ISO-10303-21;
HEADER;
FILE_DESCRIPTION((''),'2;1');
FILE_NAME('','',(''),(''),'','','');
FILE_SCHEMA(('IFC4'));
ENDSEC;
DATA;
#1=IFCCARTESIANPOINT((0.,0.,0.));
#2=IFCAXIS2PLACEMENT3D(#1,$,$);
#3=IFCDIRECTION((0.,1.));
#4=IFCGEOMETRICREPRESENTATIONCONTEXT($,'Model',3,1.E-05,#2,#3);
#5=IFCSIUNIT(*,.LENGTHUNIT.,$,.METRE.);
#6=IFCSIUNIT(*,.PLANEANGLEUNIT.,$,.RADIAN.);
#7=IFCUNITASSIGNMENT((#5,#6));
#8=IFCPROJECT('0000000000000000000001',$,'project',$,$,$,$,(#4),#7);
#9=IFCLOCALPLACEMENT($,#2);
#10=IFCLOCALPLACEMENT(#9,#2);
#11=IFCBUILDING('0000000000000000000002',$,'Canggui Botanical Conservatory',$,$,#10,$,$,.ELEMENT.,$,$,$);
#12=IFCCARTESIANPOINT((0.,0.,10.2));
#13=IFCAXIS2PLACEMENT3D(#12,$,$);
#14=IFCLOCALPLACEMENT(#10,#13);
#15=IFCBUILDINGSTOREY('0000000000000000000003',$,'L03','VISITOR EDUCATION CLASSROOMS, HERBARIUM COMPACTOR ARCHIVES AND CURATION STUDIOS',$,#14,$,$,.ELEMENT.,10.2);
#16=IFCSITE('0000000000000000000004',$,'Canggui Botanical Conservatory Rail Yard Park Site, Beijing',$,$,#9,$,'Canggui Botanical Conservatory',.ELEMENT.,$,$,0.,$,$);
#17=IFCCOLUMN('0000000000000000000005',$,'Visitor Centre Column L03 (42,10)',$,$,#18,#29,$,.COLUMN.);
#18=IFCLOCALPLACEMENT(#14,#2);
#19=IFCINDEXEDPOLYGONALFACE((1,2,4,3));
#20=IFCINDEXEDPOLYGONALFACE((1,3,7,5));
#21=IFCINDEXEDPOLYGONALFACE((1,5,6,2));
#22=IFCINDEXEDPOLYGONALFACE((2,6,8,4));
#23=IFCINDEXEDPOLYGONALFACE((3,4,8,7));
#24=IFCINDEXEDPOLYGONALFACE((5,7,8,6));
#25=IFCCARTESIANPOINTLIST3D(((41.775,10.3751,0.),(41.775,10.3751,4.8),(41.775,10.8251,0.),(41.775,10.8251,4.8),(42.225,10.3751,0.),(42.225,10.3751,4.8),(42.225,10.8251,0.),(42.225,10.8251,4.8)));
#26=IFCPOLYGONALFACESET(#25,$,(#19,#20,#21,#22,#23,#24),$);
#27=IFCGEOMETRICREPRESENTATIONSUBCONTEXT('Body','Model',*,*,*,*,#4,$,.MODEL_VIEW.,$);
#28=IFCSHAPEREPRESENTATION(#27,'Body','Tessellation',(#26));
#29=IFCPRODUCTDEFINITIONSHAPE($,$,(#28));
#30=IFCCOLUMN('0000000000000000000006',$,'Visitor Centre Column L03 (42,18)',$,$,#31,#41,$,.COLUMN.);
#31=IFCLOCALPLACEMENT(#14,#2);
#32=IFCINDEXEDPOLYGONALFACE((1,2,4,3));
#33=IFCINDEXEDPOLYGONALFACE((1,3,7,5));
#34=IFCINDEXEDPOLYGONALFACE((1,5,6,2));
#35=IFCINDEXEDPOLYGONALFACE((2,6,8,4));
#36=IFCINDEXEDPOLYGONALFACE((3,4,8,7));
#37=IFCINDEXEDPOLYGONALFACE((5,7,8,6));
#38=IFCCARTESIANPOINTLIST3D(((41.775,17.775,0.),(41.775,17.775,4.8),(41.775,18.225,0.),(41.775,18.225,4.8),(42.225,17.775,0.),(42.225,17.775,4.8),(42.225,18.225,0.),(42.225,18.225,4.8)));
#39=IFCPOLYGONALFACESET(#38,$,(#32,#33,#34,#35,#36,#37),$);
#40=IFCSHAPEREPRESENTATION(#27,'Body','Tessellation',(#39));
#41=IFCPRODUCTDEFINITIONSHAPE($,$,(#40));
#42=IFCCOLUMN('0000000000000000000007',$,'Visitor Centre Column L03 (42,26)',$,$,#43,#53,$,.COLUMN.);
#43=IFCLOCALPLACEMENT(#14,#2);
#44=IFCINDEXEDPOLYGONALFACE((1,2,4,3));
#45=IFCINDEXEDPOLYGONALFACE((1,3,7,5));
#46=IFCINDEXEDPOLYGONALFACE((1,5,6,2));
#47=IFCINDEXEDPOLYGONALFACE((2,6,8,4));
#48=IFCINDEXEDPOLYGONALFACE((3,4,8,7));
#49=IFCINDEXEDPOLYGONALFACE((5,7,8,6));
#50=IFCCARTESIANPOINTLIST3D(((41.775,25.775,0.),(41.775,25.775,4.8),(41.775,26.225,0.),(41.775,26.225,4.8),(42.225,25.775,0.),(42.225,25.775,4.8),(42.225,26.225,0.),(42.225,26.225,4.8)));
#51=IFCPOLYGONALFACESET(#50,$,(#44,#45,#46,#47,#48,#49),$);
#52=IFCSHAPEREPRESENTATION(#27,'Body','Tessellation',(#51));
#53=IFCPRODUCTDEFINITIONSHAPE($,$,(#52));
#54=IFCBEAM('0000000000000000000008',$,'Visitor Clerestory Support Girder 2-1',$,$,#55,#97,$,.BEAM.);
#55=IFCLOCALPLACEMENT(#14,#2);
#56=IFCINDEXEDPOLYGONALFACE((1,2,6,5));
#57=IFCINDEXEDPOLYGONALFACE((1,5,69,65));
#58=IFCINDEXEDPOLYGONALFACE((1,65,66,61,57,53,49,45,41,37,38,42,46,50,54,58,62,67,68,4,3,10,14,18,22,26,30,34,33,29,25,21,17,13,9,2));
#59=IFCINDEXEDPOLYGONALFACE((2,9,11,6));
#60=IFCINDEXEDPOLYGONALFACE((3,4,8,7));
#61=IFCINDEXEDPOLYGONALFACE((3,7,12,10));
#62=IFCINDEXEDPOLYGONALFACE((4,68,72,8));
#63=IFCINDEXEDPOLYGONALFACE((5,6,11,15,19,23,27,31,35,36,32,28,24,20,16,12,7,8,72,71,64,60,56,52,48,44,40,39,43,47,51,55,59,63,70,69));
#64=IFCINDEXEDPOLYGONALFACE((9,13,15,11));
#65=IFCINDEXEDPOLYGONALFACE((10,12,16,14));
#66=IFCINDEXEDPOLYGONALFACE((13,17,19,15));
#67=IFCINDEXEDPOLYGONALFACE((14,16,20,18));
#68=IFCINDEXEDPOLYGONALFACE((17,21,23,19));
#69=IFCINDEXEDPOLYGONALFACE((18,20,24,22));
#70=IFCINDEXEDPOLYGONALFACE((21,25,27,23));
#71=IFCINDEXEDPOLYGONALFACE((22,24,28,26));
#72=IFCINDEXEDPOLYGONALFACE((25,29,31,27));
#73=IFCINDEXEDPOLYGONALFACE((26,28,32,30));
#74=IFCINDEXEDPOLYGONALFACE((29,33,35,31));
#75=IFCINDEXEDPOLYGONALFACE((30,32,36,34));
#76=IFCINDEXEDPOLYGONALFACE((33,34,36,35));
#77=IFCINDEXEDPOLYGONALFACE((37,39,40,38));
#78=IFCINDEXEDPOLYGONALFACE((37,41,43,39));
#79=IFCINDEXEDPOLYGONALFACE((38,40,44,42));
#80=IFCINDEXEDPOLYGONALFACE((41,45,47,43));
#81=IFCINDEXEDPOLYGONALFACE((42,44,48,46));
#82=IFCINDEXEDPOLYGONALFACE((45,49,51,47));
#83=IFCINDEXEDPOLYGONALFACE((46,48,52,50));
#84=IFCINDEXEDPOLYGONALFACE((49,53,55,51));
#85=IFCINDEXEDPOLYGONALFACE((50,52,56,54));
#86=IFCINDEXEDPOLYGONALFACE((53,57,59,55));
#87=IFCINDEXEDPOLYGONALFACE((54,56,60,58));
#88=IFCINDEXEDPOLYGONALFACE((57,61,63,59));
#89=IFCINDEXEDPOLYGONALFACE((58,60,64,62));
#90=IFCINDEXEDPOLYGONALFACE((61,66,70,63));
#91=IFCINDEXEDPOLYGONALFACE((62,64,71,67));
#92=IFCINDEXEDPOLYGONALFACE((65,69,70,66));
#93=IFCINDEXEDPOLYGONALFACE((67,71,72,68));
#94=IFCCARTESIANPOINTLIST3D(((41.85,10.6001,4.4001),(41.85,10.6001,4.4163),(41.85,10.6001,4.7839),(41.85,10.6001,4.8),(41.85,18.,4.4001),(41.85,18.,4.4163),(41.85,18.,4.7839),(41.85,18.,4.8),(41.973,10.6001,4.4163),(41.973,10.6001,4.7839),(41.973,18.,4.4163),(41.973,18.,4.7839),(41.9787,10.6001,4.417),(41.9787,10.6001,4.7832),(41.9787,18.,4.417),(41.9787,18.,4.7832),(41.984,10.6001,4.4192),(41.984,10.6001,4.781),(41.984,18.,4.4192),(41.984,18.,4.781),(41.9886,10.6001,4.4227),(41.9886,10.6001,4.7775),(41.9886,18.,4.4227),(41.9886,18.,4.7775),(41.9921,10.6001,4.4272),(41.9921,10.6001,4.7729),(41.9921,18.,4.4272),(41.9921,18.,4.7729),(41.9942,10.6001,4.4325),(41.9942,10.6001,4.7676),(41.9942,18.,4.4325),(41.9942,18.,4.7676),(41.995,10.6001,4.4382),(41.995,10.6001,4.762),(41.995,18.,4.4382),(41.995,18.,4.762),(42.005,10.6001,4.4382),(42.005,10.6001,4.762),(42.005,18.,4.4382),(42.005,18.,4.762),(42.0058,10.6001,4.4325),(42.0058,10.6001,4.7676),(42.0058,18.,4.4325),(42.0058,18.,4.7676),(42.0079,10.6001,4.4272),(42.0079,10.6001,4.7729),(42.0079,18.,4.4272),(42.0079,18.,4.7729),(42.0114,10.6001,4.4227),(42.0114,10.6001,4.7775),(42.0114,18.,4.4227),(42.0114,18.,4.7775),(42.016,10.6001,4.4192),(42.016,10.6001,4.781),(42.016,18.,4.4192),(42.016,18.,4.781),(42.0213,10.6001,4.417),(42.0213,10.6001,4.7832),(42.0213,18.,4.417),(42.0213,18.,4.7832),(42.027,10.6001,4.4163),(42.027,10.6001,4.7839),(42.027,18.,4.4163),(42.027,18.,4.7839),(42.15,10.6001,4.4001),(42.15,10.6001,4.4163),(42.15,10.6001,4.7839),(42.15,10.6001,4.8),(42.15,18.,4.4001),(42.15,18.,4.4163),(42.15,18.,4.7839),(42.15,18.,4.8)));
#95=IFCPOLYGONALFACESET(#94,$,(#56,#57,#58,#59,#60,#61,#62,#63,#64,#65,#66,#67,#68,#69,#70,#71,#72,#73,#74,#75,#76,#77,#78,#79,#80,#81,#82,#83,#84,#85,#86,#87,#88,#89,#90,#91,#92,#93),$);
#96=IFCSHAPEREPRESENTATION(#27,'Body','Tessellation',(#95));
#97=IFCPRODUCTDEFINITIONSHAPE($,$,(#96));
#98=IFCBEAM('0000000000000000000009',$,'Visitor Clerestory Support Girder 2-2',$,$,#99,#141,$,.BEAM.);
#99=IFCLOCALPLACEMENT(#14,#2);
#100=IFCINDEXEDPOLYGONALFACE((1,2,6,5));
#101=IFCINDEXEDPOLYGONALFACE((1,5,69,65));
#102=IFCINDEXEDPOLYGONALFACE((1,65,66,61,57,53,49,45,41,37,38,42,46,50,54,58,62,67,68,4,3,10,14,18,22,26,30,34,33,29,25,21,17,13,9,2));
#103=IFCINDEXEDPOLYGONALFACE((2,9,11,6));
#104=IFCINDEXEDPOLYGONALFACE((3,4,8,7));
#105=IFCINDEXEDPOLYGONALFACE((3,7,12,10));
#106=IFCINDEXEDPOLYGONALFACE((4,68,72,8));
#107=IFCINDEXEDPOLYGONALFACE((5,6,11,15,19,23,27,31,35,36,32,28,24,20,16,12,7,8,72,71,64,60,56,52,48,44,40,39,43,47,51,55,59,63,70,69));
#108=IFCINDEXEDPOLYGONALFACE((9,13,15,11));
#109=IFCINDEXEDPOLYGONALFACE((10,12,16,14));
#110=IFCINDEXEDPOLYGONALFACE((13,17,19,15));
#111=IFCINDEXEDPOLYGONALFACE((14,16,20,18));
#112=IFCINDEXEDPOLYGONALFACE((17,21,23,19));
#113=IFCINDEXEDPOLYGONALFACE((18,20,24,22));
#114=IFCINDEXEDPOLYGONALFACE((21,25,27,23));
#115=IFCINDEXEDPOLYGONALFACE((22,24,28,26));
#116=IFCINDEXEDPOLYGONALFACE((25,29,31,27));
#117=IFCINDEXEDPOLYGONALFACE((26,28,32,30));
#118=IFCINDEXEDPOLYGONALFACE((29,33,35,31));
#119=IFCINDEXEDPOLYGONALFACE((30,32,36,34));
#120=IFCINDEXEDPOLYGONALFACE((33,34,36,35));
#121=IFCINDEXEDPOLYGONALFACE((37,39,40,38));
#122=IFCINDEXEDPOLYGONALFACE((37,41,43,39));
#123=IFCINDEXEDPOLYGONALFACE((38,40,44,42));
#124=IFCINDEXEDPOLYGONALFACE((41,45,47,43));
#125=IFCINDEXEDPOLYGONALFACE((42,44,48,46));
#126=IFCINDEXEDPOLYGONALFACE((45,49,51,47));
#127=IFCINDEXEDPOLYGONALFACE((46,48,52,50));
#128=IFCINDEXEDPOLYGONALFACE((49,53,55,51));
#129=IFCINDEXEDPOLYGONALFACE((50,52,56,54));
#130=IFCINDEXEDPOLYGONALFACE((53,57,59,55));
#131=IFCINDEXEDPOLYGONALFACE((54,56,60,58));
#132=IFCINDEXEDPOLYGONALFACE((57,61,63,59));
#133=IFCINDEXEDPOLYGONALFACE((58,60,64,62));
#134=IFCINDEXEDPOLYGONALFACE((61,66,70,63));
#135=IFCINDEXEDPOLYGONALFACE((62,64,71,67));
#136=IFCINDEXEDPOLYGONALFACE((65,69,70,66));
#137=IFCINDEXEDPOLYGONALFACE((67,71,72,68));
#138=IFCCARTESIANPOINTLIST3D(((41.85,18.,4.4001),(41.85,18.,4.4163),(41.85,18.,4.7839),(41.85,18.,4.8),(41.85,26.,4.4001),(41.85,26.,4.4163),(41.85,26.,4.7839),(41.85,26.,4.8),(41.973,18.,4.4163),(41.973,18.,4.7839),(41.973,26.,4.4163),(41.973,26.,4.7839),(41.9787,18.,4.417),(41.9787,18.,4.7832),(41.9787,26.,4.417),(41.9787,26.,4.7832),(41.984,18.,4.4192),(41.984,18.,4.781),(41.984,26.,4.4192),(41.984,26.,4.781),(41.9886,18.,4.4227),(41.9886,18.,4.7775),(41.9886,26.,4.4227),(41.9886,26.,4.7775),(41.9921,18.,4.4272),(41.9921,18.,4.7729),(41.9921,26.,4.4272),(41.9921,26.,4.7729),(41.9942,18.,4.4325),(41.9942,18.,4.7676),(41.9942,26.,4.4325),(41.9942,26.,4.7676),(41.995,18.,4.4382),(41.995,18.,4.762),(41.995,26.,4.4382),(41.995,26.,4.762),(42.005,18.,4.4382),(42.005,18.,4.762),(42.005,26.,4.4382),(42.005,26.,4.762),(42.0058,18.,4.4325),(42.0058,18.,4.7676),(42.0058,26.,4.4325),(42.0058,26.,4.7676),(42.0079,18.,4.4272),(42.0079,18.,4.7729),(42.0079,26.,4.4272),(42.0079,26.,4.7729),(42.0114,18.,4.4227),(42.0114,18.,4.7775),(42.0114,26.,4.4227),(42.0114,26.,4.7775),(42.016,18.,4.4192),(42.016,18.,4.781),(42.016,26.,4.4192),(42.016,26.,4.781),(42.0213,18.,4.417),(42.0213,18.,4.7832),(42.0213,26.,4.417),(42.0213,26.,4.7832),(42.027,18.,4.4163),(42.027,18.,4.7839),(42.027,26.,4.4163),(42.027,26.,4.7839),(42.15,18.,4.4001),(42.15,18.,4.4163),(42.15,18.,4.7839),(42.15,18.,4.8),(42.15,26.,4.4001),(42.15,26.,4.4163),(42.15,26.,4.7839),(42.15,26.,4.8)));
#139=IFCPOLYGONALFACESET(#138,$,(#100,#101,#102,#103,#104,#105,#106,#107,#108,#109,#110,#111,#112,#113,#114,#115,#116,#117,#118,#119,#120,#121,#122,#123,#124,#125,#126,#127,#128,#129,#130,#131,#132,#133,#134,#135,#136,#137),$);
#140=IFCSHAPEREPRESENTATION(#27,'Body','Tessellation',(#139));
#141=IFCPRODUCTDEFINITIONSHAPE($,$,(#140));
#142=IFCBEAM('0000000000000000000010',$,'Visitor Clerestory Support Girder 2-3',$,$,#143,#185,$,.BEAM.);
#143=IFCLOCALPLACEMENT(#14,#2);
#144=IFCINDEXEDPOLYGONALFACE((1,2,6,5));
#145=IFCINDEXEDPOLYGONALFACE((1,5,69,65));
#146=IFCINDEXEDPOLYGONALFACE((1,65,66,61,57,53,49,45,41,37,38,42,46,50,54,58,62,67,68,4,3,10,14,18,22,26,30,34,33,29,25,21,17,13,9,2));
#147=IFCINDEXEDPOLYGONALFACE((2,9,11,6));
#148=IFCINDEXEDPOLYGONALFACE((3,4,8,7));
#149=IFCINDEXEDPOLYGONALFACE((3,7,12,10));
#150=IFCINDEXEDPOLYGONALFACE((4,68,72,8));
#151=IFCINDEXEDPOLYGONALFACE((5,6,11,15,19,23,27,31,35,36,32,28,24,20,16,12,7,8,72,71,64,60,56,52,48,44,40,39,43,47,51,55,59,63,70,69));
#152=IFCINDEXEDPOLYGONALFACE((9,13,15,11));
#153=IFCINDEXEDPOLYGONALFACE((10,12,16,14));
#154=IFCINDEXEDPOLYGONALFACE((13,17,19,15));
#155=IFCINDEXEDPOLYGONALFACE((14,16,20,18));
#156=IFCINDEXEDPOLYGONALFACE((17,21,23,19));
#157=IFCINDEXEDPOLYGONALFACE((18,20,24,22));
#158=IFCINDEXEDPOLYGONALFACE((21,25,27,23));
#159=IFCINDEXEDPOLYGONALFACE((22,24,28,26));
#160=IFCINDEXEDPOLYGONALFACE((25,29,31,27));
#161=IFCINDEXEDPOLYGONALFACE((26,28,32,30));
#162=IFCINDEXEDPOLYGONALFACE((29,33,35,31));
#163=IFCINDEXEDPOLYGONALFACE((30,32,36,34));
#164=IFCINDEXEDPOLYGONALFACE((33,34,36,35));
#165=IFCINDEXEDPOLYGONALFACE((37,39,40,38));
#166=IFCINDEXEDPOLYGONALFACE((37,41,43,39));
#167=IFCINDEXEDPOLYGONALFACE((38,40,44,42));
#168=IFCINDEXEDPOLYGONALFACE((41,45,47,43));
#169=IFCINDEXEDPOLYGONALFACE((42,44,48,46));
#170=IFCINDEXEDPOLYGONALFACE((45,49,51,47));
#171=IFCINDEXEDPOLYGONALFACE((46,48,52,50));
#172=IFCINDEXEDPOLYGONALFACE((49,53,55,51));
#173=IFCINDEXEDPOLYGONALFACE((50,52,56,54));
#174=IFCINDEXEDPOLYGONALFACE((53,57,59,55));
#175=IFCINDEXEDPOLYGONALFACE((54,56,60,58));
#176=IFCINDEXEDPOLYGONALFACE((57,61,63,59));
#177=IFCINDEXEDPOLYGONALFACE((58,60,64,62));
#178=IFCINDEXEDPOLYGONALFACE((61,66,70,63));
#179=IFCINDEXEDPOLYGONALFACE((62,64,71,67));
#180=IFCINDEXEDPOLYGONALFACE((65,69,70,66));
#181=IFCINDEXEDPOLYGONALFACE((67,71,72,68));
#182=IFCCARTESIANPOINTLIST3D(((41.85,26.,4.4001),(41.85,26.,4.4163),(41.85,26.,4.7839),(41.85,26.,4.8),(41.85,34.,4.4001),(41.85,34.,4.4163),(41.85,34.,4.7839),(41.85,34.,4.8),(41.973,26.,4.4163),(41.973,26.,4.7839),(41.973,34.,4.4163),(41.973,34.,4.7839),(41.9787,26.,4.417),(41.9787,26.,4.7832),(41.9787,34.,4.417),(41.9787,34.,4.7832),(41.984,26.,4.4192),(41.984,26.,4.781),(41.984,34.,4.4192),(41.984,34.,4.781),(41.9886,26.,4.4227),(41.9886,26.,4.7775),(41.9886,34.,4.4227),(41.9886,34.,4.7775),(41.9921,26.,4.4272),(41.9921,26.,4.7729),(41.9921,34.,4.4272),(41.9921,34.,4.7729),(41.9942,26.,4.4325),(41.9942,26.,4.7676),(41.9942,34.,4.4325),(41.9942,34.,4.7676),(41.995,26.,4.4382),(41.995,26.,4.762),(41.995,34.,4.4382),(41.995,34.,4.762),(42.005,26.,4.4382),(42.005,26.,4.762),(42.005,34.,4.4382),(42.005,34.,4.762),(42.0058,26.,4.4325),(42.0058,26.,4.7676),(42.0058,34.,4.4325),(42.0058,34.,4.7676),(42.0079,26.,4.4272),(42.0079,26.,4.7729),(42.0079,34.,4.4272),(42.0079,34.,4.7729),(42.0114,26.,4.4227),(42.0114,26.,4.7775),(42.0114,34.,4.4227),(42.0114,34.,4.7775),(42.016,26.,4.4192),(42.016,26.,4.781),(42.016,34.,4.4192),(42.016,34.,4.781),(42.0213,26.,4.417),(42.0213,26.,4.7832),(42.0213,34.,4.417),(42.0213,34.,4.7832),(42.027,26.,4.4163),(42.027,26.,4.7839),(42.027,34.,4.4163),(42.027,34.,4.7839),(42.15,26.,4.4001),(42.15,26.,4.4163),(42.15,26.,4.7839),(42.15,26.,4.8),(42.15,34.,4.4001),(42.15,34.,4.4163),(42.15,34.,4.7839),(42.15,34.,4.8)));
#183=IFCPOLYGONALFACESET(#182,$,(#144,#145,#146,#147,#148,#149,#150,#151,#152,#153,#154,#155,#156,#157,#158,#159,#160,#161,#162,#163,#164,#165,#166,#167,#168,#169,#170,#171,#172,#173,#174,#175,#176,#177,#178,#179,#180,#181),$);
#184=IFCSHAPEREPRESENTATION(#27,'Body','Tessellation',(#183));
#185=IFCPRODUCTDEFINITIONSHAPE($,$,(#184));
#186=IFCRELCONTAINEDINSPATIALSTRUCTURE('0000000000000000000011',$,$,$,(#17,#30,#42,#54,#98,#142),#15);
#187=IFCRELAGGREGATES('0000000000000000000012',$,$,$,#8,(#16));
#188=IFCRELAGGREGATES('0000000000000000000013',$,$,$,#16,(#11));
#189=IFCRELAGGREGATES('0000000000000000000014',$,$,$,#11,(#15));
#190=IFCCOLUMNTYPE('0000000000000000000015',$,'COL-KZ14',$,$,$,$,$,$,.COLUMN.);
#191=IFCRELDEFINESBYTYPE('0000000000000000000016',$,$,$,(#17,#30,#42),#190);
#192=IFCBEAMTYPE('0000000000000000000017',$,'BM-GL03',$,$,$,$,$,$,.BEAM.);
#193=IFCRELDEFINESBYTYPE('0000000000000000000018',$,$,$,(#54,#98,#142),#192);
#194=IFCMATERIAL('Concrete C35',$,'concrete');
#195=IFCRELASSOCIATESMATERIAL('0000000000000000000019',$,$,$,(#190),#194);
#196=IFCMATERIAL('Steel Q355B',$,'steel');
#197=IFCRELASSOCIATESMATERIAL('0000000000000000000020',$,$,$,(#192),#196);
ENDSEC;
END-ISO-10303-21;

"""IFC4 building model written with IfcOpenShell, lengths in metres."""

from ifc_helpers import new_model, si_unit, direction, frame, origin, origin_2d, place, context, subcontext, project, spatial, rectangle, i_section, extrude, material, material_profile, profile_set, type_object, element, save


model = new_model("IFC4")

# Units and contexts
model_context = context("Model", 3, precision=1e-05, world=origin(), true_north=direction((0.0, 1.0)))
body_context = subcontext(model_context, "Body", "Model", "MODEL_VIEW")
ifc_project = project(units=[si_unit("LENGTHUNIT", "METRE"), si_unit("PLANEANGLEUNIT", "RADIAN")], contexts=[model_context])

# Site, building, storey
site_placement = place(None, origin())
site = spatial("IfcSite", under=ifc_project, at=site_placement, Name="Canggui Botanical Conservatory Rail Yard Park Site, Beijing", LongName="Canggui Botanical Conservatory", CompositionType="ELEMENT", RefElevation=0.0)
building_placement = place(site_placement, origin())
building = spatial("IfcBuilding", under=site, at=building_placement, Name="Canggui Botanical Conservatory", CompositionType="ELEMENT")
storey_placement = place(building_placement, frame((0.0, 0.0, 10.2)))
storey = spatial("IfcBuildingStorey", under=building, at=storey_placement, Name="L03", Description="VISITOR EDUCATION CLASSROOMS, HERBARIUM COMPACTOR ARCHIVES AND CURATION STUDIOS", CompositionType="ELEMENT", Elevation=10.2)

# Columns
ifc_material_1 = material(Name="Concrete C35", Category="concrete")
ifc_material_profile_1 = material_profile(ifc_material_1, rectangle(XDim=0.45, YDim=0.45, at=origin_2d()), Name="RC 450x450")
ifc_profile_set_1 = profile_set([ifc_material_profile_1], Name="Concrete C35")
column_type = type_object("IfcColumnType", Name="COL-KZ14", PredefinedType="COLUMN", material=ifc_profile_set_1)
for number, where, z_axis, x_axis, name in (
    (1, (42.0, 10.6001, 0.0), (0.0, 0.0, 1.0), (1.0, 0.0, 0.0), "Visitor Centre Column L03 (42,10)"),
    (2, (42.0, 18.0, 0.0), (0.0, 0.0, 1.0), (1.0, 0.0, 0.0), "Visitor Centre Column L03 (42,18)"),
    (3, (42.0, 26.0, 0.0), (0.0, 0.0, 1.0), (1.0, 0.0, 0.0), "Visitor Centre Column L03 (42,26)"),
):
    element("IfcColumn", number, at=place(storey_placement, frame(where, z_axis=z_axis, x_axis=x_axis)), inside=storey, type_object=column_type, Name=name, PredefinedType="COLUMN", context=body_context, shape_type="SweptSolid", body=[
        extrude(rectangle(XDim=0.45, YDim=0.45, at=origin_2d()), origin(), (0.0, 0.0, 1.0), 4.8),
    ])

# Beams
ifc_material_2 = material(Name="Steel Q355B", Category="steel")
ifc_material_profile_2 = material_profile(ifc_material_2, i_section(OverallWidth=0.3, OverallDepth=0.3999, WebThickness=0.01, FlangeThickness=0.0161, FilletRadius=0.022, at=origin_2d()), Name="HM 400x300x10x16")
ifc_profile_set_2 = profile_set([ifc_material_profile_2], Name="Steel Q355B")
beam_type_1 = type_object("IfcBeamType", Name="BM-GL03", PredefinedType="BEAM", material=ifc_profile_set_2)
beam_placement = place(storey_placement, frame((42.0, 10.6001, 4.6001), z_axis=(0.0, 1.0, 0.0), x_axis=(-1.0, 0.0, 0.0)))
element("IfcBeam", 4, at=beam_placement, inside=storey, type_object=beam_type_1, Name="Visitor Clerestory Support Girder 2-1", PredefinedType="BEAM", context=body_context, shape_type="SweptSolid", body=[
    extrude(i_section(OverallWidth=0.3, OverallDepth=0.3999, WebThickness=0.01, FlangeThickness=0.0161, FilletRadius=0.022, at=origin_2d()), origin(), (0.0, 0.0, 1.0), 7.3999),
])
for number, where, z_axis, x_axis, name in (
    (5, (42.0, 18.0, 4.6001), (0.0, 1.0, 0.0), (-1.0, 0.0, 0.0), "Visitor Clerestory Support Girder 2-2"),
    (6, (42.0, 26.0, 4.6001), (0.0, 1.0, 0.0), (-1.0, 0.0, 0.0), "Visitor Clerestory Support Girder 2-3"),
):
    element("IfcBeam", number, at=place(storey_placement, frame(where, z_axis=z_axis, x_axis=x_axis)), inside=storey, type_object=beam_type_1, Name=name, PredefinedType="BEAM", context=body_context, shape_type="SweptSolid", body=[
        extrude(i_section(OverallWidth=0.3, OverallDepth=0.3999, WebThickness=0.01, FlangeThickness=0.0161, FilletRadius=0.022, at=origin_2d()), origin(), (0.0, 0.0, 1.0), 8.0),
    ])

save(model, "model.ifc")
